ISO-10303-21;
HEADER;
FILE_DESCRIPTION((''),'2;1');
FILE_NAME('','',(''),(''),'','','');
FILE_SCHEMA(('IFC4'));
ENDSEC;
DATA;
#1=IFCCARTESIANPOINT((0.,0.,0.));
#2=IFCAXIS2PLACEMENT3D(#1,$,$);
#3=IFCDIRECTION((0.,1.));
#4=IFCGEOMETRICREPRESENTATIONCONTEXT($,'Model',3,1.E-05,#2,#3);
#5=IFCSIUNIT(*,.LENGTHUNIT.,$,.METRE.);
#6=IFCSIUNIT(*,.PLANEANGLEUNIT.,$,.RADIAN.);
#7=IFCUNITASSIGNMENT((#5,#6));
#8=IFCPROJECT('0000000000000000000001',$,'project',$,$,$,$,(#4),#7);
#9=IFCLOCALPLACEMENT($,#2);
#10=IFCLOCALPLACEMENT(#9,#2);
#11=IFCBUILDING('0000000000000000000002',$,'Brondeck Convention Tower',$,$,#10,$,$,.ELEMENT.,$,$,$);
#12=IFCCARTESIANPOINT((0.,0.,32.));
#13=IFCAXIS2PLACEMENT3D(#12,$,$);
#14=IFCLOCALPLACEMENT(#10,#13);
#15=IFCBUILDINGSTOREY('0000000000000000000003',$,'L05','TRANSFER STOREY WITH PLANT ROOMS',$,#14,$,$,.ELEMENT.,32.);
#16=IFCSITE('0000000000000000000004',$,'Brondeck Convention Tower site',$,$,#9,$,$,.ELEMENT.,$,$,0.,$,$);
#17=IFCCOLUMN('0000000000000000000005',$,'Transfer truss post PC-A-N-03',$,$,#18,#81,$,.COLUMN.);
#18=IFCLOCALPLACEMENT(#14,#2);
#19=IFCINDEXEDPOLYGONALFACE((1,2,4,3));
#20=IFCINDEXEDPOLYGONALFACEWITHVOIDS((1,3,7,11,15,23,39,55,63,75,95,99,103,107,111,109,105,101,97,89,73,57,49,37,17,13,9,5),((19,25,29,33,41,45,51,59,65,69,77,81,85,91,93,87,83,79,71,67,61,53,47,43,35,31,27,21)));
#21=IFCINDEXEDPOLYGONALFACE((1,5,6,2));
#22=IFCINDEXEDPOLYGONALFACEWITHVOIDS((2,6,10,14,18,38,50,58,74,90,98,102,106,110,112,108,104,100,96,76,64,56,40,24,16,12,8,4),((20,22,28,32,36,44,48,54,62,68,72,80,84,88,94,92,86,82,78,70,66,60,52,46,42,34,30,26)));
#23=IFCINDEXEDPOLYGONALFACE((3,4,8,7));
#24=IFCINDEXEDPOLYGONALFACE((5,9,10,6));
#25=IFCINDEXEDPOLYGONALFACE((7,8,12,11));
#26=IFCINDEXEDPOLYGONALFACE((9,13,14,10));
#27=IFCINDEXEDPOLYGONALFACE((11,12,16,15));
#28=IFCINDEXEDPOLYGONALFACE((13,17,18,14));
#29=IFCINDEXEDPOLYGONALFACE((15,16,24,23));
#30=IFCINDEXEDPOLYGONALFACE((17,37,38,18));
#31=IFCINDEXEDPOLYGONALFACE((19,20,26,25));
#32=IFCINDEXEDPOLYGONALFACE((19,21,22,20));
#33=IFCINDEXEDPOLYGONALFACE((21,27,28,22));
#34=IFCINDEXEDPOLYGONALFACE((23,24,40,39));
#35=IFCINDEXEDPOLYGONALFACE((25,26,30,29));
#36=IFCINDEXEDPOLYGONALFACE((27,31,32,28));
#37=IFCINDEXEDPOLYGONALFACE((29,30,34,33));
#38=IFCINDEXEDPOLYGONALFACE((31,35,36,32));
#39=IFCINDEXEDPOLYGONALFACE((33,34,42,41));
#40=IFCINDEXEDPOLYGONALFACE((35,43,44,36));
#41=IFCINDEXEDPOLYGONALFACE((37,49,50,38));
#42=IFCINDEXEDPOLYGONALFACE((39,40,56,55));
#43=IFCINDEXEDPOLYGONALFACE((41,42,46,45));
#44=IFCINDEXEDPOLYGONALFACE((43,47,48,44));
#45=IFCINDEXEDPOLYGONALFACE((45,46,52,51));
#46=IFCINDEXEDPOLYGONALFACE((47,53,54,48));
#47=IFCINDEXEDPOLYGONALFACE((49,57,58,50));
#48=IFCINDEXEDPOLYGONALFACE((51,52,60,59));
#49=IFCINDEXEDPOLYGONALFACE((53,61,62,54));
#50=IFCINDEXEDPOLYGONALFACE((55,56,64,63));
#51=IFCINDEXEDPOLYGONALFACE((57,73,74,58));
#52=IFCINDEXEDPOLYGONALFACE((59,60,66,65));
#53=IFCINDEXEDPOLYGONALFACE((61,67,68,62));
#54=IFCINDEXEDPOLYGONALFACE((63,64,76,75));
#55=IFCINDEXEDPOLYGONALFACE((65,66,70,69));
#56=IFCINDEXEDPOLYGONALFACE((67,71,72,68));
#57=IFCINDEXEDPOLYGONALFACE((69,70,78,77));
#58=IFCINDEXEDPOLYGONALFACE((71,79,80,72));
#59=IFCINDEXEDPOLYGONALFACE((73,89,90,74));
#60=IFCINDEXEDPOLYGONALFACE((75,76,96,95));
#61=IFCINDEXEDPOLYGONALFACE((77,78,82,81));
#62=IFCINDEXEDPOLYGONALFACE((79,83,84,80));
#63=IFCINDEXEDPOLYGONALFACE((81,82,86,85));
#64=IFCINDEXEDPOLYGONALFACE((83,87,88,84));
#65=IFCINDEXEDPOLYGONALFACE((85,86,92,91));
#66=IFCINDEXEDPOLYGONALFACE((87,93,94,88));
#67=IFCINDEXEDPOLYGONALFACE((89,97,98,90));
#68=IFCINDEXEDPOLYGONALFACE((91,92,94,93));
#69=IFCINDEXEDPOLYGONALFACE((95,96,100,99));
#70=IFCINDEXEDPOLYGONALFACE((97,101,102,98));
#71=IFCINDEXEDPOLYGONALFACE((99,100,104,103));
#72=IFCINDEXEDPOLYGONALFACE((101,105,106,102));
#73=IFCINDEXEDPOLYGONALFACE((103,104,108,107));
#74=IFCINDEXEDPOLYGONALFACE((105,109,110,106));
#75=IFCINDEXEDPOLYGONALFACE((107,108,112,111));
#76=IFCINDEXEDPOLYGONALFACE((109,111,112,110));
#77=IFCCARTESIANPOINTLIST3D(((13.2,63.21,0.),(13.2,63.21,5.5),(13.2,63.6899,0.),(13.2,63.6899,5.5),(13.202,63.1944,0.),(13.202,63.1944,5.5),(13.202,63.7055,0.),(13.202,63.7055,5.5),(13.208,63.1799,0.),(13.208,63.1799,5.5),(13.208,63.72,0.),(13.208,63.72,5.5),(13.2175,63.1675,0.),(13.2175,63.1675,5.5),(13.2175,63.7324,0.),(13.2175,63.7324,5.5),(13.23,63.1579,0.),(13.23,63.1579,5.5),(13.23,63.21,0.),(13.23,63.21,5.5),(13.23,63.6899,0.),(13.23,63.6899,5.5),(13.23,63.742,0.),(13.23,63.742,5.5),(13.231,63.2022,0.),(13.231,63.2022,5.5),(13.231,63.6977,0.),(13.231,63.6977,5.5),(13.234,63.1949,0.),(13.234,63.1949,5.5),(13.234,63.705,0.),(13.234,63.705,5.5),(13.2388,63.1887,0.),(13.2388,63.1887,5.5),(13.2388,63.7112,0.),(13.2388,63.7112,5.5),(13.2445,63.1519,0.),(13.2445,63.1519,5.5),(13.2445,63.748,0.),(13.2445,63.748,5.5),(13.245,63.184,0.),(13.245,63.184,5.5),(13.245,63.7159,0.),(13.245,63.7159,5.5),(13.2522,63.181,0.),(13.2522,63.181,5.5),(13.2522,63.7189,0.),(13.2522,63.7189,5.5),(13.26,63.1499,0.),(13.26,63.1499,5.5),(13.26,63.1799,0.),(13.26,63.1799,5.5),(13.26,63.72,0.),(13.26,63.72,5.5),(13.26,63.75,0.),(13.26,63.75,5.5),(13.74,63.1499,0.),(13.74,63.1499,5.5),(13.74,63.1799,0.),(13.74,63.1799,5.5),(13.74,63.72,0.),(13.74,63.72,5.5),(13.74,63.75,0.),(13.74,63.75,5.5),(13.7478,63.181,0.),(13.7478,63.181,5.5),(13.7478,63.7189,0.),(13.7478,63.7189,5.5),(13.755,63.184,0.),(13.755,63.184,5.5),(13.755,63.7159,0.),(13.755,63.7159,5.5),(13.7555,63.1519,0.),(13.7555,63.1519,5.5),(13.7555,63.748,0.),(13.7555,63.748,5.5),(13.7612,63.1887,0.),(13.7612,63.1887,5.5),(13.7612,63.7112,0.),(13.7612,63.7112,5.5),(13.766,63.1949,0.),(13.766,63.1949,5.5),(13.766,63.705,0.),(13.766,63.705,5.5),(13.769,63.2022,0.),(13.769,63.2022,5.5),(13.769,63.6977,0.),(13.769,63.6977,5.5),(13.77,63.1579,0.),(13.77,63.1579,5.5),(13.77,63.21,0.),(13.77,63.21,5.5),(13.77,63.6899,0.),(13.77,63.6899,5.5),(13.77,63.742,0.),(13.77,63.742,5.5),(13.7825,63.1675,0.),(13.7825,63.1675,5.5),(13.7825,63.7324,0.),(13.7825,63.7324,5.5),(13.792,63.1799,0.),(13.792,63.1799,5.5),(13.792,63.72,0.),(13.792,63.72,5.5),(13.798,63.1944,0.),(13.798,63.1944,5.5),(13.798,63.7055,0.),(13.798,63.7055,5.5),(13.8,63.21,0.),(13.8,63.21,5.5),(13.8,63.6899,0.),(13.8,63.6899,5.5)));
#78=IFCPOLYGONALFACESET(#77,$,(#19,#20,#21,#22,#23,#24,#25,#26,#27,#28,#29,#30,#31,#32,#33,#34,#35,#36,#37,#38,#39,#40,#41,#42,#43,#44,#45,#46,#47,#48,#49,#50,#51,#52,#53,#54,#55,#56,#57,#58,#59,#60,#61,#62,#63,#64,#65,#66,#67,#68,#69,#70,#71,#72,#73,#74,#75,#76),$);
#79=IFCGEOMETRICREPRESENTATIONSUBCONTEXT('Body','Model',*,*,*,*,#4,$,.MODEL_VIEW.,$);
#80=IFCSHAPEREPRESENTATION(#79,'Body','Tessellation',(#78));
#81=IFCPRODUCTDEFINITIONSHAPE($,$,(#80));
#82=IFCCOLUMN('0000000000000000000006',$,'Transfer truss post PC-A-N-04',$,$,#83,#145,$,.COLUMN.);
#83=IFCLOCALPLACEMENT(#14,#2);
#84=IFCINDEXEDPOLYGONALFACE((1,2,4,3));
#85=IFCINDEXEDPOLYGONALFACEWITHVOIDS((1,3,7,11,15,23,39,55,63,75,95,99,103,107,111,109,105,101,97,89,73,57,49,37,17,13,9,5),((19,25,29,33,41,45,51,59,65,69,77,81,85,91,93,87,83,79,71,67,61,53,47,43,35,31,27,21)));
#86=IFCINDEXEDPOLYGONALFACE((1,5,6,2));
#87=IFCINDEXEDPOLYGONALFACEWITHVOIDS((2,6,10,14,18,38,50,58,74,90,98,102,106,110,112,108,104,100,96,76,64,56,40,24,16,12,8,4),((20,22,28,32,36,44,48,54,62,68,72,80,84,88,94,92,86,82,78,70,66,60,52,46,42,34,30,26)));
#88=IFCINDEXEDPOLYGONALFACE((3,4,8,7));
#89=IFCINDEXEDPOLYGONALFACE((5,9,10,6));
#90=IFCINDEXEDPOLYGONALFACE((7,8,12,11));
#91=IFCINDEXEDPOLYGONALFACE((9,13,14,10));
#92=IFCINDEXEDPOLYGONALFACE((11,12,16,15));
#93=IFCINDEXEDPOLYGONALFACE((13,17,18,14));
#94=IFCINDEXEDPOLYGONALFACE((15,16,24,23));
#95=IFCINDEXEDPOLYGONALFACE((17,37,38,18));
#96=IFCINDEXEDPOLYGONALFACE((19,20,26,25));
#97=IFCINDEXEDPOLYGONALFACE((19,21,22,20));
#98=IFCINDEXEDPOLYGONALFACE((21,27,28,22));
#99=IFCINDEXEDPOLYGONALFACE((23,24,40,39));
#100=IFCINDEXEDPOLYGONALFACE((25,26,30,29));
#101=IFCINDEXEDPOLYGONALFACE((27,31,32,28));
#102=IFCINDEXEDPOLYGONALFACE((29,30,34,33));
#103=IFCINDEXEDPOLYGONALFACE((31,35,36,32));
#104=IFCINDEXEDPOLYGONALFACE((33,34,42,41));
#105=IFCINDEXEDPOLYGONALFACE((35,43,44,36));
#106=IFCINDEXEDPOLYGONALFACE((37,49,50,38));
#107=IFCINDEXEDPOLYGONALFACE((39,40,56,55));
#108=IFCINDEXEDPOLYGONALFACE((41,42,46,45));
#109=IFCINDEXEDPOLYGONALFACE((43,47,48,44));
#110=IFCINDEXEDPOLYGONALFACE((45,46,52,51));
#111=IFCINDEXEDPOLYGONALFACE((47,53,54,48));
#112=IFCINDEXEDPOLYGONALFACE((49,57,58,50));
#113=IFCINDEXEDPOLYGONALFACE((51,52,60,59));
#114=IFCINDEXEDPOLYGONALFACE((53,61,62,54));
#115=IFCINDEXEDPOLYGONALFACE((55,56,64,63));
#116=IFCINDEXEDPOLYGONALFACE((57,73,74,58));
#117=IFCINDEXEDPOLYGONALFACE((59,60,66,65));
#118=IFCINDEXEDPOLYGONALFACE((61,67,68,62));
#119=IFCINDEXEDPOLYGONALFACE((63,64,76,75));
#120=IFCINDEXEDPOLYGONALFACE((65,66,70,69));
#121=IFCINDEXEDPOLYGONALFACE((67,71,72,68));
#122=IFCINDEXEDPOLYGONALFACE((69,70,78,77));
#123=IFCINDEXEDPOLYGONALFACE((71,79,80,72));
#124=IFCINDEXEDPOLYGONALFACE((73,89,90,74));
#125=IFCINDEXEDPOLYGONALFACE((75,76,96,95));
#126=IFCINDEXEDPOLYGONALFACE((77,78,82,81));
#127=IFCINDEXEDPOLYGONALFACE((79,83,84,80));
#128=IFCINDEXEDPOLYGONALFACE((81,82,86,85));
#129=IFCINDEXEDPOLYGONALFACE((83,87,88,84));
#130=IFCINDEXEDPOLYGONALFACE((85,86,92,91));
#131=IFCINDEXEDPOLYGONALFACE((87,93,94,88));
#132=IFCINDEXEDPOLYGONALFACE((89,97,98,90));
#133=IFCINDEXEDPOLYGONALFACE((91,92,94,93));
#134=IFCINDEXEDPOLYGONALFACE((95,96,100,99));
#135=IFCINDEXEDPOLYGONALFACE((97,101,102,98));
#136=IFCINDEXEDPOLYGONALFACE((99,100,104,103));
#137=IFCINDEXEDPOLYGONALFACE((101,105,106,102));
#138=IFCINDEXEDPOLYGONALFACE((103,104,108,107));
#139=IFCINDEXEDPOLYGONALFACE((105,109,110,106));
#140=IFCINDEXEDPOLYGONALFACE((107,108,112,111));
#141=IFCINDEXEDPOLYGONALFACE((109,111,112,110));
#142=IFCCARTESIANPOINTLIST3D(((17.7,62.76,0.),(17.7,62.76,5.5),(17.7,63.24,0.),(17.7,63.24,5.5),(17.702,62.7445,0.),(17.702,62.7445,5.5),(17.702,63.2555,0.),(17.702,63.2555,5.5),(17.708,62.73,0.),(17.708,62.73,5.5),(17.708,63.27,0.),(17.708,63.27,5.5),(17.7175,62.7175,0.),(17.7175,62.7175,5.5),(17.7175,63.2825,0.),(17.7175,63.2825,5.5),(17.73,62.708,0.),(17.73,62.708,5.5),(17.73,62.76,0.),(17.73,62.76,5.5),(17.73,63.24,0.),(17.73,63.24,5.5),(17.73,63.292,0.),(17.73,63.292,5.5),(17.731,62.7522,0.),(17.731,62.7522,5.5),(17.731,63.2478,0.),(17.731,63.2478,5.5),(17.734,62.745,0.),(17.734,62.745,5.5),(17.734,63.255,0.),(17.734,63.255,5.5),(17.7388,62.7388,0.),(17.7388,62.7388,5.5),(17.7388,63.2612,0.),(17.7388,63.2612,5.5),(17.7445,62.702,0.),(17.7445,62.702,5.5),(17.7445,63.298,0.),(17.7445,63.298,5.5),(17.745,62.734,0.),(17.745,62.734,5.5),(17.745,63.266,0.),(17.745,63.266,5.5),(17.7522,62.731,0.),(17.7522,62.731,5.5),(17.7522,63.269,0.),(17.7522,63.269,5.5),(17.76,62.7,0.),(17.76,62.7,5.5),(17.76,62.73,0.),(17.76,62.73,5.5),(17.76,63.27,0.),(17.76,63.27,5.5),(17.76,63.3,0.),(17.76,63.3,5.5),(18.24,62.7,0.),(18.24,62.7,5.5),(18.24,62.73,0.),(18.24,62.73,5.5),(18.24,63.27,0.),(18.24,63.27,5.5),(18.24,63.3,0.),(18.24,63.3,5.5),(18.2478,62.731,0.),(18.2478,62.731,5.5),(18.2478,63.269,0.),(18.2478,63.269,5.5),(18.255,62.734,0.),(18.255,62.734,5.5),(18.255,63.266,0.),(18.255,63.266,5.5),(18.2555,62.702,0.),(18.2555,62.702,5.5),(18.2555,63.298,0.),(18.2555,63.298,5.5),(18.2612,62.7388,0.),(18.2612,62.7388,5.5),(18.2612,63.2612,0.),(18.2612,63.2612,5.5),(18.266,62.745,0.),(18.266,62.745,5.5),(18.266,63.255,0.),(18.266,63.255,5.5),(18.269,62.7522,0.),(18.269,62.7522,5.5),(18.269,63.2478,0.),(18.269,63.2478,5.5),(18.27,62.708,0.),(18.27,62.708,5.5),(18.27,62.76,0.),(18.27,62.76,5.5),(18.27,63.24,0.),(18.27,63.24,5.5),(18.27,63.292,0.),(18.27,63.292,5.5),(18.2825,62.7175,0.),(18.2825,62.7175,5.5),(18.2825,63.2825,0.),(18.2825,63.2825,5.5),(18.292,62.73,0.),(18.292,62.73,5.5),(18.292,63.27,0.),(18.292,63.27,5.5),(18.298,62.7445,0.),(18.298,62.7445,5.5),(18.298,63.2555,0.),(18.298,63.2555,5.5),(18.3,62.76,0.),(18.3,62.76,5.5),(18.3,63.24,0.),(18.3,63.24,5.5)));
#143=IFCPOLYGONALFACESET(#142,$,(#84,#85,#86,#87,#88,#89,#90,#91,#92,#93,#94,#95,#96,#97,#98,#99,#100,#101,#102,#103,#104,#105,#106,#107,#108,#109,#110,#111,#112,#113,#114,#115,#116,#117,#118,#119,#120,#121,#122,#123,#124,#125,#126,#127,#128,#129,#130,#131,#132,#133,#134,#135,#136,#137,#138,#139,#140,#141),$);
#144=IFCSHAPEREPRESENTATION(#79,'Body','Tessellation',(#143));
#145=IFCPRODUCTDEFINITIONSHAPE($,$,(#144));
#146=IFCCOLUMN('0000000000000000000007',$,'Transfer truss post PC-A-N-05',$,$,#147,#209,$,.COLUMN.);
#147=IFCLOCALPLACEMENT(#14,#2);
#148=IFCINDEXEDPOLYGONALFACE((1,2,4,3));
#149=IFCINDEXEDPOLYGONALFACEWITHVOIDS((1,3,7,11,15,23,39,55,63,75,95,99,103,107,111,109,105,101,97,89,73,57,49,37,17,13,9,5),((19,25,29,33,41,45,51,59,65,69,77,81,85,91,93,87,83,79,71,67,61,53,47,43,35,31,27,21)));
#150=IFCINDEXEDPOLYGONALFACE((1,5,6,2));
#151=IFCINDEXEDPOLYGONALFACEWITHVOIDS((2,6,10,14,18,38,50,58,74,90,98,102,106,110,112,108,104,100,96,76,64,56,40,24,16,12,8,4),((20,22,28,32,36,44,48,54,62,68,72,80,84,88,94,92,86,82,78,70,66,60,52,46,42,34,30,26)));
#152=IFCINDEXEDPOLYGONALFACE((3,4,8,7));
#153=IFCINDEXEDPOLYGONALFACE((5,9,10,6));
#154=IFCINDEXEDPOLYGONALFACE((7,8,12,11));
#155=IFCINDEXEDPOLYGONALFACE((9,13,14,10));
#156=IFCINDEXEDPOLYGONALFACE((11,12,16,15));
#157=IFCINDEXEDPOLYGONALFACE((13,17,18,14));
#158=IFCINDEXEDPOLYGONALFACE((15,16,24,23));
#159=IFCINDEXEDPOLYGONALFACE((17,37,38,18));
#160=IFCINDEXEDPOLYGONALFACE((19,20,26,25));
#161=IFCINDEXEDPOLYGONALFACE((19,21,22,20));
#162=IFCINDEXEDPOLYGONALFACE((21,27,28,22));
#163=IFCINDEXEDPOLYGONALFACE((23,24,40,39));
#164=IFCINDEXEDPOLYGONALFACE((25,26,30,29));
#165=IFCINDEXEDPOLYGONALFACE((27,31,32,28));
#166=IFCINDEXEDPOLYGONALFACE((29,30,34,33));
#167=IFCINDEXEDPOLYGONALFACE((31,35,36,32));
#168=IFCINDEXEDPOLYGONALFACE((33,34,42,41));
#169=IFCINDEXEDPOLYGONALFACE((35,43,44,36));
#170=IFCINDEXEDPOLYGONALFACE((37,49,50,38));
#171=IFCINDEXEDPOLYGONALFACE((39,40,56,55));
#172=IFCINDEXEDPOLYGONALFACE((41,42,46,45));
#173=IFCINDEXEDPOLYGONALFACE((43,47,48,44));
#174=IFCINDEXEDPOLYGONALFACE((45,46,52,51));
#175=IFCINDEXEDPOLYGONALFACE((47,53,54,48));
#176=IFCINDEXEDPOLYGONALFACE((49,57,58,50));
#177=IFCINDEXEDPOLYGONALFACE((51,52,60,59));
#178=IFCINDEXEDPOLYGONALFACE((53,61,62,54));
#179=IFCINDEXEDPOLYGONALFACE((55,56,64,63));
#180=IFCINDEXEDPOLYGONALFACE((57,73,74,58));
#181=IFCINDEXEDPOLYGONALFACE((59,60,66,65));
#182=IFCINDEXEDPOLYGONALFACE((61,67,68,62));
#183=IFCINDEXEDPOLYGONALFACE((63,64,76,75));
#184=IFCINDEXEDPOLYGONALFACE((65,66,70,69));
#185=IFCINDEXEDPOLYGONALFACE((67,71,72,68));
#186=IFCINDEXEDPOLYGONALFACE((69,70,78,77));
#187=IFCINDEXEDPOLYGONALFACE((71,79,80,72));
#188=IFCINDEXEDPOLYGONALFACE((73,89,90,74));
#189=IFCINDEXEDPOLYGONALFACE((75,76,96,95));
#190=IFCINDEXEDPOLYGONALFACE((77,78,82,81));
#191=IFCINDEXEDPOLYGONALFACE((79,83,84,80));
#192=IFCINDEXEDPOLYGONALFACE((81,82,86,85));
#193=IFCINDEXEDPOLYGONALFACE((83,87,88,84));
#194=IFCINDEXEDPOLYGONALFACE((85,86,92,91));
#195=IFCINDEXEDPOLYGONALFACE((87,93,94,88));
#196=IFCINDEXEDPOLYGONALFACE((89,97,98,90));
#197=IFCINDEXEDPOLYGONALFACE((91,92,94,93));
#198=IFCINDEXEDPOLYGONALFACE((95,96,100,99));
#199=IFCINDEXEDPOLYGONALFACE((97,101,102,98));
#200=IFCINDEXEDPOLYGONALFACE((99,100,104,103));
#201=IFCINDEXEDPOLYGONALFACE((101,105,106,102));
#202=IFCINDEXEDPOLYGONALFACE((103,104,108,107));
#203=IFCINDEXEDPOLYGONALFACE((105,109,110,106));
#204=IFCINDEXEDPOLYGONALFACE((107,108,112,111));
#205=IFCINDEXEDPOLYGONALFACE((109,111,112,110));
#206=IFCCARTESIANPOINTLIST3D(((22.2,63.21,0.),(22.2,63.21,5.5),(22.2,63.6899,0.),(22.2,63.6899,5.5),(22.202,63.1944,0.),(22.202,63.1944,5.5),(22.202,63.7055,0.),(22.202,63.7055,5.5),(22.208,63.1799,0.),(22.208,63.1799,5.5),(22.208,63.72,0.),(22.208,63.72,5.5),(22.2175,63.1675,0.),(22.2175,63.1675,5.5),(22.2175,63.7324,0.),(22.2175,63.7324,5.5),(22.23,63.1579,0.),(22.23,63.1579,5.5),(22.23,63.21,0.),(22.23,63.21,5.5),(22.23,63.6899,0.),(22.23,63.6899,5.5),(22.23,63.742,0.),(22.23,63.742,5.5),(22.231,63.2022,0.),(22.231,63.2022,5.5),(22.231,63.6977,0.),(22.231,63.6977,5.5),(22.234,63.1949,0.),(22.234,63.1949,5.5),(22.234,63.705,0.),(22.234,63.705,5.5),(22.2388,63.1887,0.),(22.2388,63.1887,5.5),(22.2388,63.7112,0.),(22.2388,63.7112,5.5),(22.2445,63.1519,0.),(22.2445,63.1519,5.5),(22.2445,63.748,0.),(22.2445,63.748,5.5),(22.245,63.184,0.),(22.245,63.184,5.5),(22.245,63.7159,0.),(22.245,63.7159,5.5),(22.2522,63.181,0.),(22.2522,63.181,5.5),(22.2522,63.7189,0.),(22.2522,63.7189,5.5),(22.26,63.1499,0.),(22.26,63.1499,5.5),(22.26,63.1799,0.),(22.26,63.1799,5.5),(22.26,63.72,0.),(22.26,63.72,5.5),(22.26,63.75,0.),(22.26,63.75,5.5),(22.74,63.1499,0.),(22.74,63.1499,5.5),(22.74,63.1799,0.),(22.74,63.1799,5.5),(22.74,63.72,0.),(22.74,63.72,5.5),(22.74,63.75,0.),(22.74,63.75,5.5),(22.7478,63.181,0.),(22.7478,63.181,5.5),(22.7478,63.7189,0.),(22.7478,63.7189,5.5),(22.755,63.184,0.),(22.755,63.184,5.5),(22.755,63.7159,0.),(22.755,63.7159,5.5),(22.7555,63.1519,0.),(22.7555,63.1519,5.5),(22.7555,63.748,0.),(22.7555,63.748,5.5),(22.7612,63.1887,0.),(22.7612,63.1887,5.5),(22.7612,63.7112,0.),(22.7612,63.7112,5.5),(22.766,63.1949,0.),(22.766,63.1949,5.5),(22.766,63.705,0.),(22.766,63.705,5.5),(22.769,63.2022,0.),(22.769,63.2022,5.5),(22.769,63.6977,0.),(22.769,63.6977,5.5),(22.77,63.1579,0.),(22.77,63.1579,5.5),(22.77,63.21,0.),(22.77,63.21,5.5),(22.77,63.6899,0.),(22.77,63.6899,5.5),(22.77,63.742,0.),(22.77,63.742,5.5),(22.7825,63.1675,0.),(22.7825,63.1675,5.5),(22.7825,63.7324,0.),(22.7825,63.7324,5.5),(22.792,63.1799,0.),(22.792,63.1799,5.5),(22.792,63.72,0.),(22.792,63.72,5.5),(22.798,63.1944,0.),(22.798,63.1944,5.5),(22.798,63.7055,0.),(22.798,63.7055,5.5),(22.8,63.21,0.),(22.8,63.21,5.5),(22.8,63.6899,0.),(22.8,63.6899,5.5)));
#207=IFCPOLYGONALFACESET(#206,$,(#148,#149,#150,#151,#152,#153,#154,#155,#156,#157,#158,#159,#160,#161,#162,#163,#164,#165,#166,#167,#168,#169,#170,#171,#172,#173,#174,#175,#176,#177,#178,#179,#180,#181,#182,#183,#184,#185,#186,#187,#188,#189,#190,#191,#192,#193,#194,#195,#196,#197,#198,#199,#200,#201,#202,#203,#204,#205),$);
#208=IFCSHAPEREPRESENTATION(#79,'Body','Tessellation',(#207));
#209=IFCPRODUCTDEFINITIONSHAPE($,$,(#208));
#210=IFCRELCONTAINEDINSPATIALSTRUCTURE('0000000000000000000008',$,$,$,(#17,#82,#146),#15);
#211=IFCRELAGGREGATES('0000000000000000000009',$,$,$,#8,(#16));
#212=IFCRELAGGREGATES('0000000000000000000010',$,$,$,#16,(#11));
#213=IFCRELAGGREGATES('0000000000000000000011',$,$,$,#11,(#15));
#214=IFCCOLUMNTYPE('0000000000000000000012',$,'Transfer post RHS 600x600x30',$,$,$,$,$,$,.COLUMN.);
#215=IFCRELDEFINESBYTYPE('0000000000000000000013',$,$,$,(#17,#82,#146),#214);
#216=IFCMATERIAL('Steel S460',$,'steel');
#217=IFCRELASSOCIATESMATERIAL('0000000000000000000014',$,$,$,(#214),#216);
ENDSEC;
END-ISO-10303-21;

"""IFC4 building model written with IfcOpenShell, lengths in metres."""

from ifc_helpers import new_model, si_unit, direction, frame, origin, origin_2d, place, context, subcontext, project, spatial, hollow_rectangle, extrude, material, material_profile, profile_set, type_object, element, save


model = new_model("IFC4")

# Units and contexts
model_context = context("Model", 3, precision=1e-05, world=origin(), true_north=direction((0.0, 1.0)))
body_context = subcontext(model_context, "Body", "Model", "MODEL_VIEW")
ifc_project = project(units=[si_unit("LENGTHUNIT", "METRE"), si_unit("PLANEANGLEUNIT", "RADIAN")], contexts=[model_context])

# Site, building, storey
site_placement = place(None, origin())
site = spatial("IfcSite", under=ifc_project, at=site_placement, Name="Brondeck Convention Tower site", CompositionType="ELEMENT", RefElevation=0.0)
building_placement = place(site_placement, origin())
building = spatial("IfcBuilding", under=site, at=building_placement, Name="Brondeck Convention Tower", CompositionType="ELEMENT")
storey_placement = place(building_placement, frame((0.0, 0.0, 32.0)))
storey = spatial("IfcBuildingStorey", under=building, at=storey_placement, Name="L05", Description="TRANSFER STOREY WITH PLANT ROOMS", CompositionType="ELEMENT", Elevation=32.0)

# Columns
ifc_material_1 = material(Name="Steel S460", Category="steel")
ifc_material_profile_1 = material_profile(ifc_material_1, hollow_rectangle(XDim=0.6001, YDim=0.6001, WallThickness=0.03, InnerFilletRadius=0.03, OuterFilletRadius=0.0601, at=origin_2d()), Name="RHS 600x600x30")
ifc_profile_set_1 = profile_set([ifc_material_profile_1], Name="Steel S460")
column_type = type_object("IfcColumnType", Name="Transfer post RHS 600x600x30", PredefinedType="COLUMN", material=ifc_profile_set_1)
for number, where, z_axis, x_axis, name in (
    (1, (13.5, 63.45, 0.0), (0.0, 0.0, 1.0), (1.0, 0.0, 0.0), "Transfer truss post PC-A-N-03"),
    (2, (18.0, 63.0, 0.0), (0.0, 0.0, 1.0), (1.0, 0.0, 0.0), "Transfer truss post PC-A-N-04"),
    (3, (22.5, 63.45, 0.0), (0.0, 0.0, 1.0), (1.0, 0.0, 0.0), "Transfer truss post PC-A-N-05"),
):
    element("IfcColumn", number, at=place(storey_placement, frame(where, z_axis=z_axis, x_axis=x_axis)), inside=storey, type_object=column_type, Name=name, PredefinedType="COLUMN", context=body_context, shape_type="SweptSolid", body=[
        extrude(hollow_rectangle(XDim=0.6001, YDim=0.6001, WallThickness=0.03, InnerFilletRadius=0.03, OuterFilletRadius=0.0601, at=origin_2d()), origin(), (0.0, 0.0, 1.0), 5.5),
    ])

save(model, "model.ifc")
